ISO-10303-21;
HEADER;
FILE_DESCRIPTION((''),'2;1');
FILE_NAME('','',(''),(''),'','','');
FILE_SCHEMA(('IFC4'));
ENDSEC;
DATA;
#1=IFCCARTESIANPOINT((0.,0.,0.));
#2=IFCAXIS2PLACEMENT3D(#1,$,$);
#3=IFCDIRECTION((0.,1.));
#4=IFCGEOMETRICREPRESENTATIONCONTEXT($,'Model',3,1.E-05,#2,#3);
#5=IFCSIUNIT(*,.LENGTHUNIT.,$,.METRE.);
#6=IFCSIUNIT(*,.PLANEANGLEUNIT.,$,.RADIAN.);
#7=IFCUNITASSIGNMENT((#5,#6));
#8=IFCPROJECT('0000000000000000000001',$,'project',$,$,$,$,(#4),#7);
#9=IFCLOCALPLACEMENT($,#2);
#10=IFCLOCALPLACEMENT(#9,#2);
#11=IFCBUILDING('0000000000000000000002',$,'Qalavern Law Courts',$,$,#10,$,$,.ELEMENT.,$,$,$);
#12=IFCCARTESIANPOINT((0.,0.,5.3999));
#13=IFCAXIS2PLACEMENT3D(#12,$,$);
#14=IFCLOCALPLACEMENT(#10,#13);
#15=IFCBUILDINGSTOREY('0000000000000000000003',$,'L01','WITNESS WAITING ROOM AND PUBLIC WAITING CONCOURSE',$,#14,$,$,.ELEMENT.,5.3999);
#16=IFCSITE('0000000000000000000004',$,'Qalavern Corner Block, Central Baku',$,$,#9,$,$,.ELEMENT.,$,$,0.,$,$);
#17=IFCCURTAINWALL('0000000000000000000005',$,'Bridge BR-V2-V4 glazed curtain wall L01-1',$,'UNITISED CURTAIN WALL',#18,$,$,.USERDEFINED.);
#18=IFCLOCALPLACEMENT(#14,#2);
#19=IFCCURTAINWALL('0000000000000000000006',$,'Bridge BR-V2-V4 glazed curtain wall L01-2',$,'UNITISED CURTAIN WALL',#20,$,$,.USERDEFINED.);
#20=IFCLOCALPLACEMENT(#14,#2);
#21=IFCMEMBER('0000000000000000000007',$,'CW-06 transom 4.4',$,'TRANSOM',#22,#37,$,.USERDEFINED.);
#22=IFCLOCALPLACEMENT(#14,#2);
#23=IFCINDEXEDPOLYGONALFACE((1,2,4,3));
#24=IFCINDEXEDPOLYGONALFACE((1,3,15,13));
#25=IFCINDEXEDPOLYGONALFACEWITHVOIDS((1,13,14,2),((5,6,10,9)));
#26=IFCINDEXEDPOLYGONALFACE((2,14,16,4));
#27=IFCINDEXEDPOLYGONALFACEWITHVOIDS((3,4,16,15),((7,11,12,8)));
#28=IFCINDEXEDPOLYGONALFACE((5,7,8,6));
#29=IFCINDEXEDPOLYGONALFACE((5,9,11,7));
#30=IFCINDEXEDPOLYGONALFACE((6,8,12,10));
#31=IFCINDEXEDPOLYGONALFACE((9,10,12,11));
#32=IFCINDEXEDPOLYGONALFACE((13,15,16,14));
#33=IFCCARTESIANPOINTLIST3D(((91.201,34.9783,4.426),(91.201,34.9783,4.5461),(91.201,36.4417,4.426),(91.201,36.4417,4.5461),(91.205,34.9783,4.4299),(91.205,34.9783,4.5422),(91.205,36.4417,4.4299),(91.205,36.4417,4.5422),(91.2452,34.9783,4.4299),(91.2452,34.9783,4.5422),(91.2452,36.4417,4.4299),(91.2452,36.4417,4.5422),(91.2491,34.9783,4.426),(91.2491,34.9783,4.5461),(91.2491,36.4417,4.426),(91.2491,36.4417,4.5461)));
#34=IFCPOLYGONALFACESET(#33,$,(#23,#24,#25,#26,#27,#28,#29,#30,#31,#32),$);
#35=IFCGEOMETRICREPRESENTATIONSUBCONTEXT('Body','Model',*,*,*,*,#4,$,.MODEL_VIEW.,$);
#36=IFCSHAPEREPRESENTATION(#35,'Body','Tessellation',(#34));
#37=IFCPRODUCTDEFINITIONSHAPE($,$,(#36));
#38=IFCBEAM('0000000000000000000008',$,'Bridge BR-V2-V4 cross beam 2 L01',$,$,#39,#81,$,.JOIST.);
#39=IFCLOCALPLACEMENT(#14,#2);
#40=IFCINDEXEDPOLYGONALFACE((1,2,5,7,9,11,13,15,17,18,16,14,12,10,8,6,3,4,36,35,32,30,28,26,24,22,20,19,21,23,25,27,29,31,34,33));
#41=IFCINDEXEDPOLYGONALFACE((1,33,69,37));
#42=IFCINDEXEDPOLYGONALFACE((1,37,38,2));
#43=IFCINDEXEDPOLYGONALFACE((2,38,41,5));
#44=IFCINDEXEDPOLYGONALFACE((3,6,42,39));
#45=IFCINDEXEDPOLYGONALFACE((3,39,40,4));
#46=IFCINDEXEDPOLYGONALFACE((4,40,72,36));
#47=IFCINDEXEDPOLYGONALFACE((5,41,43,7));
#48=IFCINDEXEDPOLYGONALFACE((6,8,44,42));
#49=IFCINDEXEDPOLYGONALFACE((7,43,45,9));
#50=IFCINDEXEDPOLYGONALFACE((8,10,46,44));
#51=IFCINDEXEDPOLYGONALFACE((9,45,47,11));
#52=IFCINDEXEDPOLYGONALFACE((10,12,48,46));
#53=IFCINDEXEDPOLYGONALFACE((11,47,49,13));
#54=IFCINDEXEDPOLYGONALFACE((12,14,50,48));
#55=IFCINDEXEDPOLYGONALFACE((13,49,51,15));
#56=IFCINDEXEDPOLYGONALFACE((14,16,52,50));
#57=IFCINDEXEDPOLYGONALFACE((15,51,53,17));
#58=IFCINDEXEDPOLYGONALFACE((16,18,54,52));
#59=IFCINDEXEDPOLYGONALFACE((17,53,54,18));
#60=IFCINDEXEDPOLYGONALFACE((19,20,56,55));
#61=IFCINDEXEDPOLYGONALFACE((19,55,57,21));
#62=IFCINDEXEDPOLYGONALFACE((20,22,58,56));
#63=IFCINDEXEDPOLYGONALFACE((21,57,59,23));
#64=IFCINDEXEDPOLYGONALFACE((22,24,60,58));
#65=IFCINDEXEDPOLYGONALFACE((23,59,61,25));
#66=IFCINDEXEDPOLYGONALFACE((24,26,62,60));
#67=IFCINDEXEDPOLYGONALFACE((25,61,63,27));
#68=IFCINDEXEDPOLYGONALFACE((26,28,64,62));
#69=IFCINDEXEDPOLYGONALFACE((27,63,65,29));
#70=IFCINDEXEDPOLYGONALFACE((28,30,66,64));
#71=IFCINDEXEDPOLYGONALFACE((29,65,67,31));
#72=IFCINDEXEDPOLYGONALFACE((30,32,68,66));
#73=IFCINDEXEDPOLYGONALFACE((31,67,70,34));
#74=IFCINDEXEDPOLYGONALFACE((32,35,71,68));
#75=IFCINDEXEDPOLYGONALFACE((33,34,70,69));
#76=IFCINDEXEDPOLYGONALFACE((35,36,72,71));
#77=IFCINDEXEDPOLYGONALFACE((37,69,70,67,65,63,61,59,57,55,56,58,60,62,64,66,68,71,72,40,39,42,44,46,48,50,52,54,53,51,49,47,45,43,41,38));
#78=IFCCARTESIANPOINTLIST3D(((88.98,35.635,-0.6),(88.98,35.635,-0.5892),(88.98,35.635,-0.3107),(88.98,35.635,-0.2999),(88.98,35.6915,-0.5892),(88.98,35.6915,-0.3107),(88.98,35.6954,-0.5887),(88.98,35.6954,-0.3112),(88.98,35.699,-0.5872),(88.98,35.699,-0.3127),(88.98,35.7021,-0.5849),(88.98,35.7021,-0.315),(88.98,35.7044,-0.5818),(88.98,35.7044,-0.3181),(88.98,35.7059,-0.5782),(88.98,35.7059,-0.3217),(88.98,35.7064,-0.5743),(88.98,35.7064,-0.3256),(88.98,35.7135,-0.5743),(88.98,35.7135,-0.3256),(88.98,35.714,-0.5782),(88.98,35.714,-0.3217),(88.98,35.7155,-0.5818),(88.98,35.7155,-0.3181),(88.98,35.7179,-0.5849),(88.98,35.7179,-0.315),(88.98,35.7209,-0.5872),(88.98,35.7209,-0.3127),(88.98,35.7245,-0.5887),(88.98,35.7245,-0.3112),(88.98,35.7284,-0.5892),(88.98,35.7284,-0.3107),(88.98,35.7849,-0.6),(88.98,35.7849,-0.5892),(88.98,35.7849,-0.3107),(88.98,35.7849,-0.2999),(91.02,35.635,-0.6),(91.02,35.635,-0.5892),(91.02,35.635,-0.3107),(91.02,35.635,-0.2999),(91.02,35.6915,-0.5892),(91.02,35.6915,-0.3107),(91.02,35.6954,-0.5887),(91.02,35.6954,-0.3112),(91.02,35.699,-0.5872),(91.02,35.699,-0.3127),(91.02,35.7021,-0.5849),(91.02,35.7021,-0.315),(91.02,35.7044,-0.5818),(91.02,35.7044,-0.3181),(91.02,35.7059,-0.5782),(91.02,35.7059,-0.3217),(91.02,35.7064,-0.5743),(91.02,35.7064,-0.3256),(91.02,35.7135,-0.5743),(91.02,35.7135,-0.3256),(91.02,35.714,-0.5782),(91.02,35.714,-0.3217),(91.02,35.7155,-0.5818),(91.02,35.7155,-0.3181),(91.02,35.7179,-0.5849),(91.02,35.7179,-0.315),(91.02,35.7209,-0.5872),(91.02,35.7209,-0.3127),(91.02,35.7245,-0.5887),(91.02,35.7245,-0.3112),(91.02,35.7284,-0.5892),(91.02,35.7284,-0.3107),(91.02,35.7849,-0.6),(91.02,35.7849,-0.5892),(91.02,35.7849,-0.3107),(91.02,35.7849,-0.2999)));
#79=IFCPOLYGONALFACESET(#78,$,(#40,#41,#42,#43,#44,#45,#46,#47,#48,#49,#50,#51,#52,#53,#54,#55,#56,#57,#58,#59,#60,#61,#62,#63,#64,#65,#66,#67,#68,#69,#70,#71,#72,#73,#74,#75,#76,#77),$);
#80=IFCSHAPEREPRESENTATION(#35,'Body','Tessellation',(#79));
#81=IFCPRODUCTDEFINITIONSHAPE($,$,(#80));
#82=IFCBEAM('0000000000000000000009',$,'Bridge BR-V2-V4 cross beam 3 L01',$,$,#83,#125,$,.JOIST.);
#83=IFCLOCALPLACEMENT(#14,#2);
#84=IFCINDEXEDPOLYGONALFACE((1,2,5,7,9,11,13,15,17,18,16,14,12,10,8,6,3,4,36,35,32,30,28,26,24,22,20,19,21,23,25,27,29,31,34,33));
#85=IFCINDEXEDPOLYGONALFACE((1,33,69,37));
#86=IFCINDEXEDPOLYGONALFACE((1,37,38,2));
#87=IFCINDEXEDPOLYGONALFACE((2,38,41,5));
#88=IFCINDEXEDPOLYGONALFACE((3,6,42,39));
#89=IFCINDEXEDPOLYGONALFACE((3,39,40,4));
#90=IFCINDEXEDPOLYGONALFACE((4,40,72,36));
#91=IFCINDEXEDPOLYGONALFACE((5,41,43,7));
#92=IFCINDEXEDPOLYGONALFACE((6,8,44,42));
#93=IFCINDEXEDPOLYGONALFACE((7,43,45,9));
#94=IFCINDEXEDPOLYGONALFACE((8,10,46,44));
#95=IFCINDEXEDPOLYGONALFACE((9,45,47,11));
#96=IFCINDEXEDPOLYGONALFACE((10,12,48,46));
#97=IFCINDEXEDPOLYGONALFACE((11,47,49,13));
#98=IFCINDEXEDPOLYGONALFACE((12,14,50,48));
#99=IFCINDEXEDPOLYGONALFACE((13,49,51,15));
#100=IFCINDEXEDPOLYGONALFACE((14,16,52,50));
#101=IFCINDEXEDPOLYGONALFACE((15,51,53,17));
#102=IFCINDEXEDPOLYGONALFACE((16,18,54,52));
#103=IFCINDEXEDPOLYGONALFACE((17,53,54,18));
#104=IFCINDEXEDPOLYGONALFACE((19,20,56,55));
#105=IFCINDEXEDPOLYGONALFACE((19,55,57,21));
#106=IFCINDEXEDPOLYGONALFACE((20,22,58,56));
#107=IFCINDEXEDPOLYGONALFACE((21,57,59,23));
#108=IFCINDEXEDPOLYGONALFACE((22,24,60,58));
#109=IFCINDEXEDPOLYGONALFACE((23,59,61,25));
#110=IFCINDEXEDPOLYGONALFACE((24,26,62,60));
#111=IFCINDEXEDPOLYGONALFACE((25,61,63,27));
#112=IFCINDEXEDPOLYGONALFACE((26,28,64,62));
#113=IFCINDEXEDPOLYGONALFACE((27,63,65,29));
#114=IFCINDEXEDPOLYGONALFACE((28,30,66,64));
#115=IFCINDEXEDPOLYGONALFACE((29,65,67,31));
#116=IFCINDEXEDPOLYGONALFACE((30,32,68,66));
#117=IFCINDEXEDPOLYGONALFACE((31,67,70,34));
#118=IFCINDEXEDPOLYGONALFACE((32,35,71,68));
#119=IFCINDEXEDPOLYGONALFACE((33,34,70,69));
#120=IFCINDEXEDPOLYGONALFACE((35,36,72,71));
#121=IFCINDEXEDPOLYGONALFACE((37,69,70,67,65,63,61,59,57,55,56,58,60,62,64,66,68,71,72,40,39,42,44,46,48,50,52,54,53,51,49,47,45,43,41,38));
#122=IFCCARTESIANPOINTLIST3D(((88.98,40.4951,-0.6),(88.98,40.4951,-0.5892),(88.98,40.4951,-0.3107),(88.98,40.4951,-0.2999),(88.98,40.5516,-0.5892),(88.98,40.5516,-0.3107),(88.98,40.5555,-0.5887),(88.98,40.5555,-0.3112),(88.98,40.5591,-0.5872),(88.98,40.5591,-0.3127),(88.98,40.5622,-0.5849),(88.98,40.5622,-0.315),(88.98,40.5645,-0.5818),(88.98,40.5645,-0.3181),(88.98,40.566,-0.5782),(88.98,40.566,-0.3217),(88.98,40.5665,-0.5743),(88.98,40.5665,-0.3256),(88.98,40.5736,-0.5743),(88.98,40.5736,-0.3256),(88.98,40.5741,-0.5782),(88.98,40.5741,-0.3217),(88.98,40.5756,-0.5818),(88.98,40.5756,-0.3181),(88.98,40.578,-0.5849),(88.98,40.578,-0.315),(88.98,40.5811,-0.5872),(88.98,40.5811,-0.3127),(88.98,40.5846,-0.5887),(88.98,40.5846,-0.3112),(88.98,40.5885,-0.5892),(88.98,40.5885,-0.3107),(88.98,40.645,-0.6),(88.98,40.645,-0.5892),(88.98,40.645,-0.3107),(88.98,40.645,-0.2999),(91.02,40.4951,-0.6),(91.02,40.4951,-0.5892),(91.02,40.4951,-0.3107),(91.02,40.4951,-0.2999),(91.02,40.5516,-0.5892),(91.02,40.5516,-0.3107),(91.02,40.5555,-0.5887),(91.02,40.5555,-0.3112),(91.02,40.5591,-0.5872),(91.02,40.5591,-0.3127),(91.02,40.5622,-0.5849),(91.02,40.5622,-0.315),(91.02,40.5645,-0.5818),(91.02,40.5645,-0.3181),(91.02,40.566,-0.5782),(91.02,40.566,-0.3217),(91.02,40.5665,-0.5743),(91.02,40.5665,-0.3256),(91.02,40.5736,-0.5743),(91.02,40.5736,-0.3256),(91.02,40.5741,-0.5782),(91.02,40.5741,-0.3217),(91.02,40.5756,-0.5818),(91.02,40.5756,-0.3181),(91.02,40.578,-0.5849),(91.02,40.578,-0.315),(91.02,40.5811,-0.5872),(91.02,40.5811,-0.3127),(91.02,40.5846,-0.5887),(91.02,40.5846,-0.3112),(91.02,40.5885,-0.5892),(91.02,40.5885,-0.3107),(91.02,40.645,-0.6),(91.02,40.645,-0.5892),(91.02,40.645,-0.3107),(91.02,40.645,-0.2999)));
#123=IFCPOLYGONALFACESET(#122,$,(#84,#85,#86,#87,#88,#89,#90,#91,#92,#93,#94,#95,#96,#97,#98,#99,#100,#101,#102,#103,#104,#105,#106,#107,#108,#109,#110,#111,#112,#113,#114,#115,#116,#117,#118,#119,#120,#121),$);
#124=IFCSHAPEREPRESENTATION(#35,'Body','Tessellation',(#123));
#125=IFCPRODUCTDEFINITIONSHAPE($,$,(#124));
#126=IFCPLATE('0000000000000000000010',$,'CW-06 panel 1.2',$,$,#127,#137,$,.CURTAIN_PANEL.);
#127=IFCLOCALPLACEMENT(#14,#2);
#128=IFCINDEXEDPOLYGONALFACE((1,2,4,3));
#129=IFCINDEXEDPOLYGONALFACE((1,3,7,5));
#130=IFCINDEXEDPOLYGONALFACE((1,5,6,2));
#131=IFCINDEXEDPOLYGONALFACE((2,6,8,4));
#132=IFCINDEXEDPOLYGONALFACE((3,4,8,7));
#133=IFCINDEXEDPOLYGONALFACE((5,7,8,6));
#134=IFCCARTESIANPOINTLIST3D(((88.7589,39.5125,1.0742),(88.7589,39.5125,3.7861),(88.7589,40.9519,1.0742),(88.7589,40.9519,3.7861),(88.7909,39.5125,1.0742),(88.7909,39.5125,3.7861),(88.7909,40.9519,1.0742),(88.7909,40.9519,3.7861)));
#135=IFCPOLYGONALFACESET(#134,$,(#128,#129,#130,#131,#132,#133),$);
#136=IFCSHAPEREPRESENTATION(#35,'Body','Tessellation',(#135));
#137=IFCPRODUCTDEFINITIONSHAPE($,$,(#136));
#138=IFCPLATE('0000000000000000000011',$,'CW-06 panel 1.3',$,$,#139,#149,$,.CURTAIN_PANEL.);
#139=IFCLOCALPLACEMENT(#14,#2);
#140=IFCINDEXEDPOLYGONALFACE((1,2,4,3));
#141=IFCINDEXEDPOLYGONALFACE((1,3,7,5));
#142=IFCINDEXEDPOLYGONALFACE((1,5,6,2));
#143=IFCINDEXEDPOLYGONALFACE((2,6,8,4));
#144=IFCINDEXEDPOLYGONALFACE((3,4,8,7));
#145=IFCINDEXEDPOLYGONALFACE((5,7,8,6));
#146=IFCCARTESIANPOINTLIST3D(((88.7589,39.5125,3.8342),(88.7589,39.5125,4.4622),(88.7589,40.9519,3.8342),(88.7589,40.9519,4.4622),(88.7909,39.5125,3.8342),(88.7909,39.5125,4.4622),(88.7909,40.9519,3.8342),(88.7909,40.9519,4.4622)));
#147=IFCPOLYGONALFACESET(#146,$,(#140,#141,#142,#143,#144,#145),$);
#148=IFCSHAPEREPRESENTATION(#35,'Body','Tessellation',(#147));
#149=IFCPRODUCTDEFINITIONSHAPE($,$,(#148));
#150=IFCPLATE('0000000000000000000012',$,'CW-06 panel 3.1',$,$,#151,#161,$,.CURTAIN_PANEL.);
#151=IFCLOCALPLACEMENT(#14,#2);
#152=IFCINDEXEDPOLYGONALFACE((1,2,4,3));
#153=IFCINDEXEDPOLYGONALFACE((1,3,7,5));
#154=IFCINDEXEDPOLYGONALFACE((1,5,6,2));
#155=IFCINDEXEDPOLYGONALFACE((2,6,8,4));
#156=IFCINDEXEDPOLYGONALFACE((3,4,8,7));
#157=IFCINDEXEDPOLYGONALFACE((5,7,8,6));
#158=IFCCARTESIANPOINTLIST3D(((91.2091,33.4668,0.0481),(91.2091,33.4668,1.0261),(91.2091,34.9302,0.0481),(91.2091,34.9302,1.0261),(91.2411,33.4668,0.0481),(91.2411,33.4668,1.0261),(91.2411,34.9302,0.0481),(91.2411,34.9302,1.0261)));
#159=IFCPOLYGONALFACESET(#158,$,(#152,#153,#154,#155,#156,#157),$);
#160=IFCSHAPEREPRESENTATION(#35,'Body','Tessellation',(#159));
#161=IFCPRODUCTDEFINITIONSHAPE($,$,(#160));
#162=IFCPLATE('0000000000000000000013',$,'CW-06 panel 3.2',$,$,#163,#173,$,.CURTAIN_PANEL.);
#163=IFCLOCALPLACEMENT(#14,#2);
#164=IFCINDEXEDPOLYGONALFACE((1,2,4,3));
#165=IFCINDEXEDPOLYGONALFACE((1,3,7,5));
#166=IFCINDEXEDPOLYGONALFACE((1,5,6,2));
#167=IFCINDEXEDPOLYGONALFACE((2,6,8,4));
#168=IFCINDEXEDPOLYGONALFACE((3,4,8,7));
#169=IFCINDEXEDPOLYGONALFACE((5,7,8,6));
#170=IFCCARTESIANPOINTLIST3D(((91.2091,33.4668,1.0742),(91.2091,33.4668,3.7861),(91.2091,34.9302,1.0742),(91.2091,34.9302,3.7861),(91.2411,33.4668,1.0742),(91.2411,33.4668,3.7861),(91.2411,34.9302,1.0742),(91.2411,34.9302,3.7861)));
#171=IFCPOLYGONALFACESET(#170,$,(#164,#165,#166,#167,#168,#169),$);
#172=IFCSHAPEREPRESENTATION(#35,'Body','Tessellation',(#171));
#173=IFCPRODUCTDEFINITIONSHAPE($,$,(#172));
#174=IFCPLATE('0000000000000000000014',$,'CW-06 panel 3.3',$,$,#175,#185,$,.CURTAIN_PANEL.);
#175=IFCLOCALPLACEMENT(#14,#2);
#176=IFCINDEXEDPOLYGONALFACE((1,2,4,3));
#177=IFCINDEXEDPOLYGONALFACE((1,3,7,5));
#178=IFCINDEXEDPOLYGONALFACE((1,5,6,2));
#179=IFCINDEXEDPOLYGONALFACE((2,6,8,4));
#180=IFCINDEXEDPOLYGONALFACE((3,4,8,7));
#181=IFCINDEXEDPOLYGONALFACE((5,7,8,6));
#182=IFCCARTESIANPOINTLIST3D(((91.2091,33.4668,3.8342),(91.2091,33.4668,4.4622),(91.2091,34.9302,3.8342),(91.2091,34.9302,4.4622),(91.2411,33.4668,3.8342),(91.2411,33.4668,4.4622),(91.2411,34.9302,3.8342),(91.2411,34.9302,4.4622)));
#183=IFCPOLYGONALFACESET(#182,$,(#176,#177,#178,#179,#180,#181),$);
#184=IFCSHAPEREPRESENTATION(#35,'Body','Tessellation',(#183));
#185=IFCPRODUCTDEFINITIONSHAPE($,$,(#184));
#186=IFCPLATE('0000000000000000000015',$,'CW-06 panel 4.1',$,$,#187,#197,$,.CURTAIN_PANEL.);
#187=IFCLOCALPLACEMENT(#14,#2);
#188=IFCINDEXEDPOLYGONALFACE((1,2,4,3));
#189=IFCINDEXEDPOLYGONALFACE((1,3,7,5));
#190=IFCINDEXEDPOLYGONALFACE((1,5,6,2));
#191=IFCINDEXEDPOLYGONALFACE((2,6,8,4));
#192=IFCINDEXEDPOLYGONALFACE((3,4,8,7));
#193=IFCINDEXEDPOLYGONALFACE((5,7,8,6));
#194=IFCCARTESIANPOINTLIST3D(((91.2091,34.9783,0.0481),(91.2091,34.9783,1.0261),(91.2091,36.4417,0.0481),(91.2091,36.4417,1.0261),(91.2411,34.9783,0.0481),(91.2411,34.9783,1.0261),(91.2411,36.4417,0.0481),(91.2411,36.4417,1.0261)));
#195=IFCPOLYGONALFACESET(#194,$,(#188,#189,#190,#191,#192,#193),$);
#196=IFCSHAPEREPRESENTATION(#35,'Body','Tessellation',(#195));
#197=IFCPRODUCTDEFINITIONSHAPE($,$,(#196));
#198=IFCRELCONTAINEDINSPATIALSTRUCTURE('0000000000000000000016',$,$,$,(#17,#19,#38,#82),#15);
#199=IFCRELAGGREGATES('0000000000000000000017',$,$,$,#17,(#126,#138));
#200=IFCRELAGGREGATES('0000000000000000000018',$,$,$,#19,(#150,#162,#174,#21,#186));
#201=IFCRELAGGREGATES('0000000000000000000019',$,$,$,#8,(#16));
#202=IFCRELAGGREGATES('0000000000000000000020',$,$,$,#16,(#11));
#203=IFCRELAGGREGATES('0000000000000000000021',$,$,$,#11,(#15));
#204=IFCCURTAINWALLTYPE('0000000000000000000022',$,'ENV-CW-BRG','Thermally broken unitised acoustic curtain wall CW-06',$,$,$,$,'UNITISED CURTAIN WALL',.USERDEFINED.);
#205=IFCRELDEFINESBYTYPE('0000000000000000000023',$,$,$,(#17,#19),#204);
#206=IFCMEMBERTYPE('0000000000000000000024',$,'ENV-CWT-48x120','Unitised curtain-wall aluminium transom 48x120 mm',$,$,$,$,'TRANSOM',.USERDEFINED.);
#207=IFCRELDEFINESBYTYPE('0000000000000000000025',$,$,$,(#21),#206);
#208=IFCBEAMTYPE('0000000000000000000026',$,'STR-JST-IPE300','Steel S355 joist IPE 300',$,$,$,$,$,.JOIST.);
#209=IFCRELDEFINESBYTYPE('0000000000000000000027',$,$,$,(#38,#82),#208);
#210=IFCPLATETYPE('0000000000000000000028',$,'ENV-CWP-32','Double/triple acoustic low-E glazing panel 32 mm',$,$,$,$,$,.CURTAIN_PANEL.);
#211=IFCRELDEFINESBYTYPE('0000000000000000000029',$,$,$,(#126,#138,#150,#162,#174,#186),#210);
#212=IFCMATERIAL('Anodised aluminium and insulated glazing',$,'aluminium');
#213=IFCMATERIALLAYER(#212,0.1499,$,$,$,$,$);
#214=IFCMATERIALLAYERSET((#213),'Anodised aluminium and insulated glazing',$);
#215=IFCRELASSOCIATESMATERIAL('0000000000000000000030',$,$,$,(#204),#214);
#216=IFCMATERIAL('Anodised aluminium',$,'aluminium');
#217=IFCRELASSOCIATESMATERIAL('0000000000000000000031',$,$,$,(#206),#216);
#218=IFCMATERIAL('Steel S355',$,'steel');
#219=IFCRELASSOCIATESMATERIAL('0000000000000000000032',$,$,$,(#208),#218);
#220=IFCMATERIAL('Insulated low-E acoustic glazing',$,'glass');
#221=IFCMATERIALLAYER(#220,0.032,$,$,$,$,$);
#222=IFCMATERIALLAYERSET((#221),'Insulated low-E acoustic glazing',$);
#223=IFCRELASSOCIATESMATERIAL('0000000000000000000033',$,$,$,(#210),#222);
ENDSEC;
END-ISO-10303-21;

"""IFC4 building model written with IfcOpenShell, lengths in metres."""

from ifc_helpers import new_model, si_unit, direction, frame, origin, origin_2d, place, context, subcontext, project, spatial, rectangle, hollow_rectangle, i_section, extrude, material, layer, layer_set, material_profile, profile_set, type_object, element, aggregate, save


model = new_model("IFC4")

# Units and contexts
model_context = context("Model", 3, precision=1e-05, world=origin(), true_north=direction((0.0, 1.0)))
body_context = subcontext(model_context, "Body", "Model", "MODEL_VIEW")
ifc_project = project(units=[si_unit("LENGTHUNIT", "METRE"), si_unit("PLANEANGLEUNIT", "RADIAN")], contexts=[model_context])

# Site, building, storey
site_placement = place(None, origin())
site = spatial("IfcSite", under=ifc_project, at=site_placement, Name="Qalavern Corner Block, Central Baku", CompositionType="ELEMENT", RefElevation=0.0)
building_placement = place(site_placement, origin())
building = spatial("IfcBuilding", under=site, at=building_placement, Name="Qalavern Law Courts", CompositionType="ELEMENT")
storey_placement = place(building_placement, frame((0.0, 0.0, 5.3999)))
storey = spatial("IfcBuildingStorey", under=building, at=storey_placement, Name="L01", Description="WITNESS WAITING ROOM AND PUBLIC WAITING CONCOURSE", CompositionType="ELEMENT", Elevation=5.3999)

# Curtain wall
ifc_material_1 = material(Name="Anodised aluminium and insulated glazing", Category="aluminium")
ifc_layer_1 = layer(ifc_material_1, 0.1499)
ifc_layer_set_1 = layer_set([ifc_layer_1], Name="Anodised aluminium and insulated glazing")
curtain_wall_type = type_object("IfcCurtainWallType", Name="ENV-CW-BRG", Description="Thermally broken unitised acoustic curtain wall CW-06", ElementType="UNITISED CURTAIN WALL", PredefinedType="USERDEFINED", material=ifc_layer_set_1)
curtain_wall_1_placement = place(storey_placement, origin())
curtain_wall_1 = element("IfcCurtainWall", 1, at=curtain_wall_1_placement, inside=storey, type_object=curtain_wall_type, Name="Bridge BR-V2-V4 glazed curtain wall L01-1", ObjectType="UNITISED CURTAIN WALL", PredefinedType="USERDEFINED")
ifc_material_2 = material(Name="Anodised aluminium", Category="aluminium")

# Curtain wall
curtain_wall_2_placement = place(storey_placement, origin())
curtain_wall_2 = element("IfcCurtainWall", 2, at=curtain_wall_2_placement, inside=storey, type_object=curtain_wall_type, Name="Bridge BR-V2-V4 glazed curtain wall L01-2", ObjectType="UNITISED CURTAIN WALL", PredefinedType="USERDEFINED")

# Member
ifc_material_profile_1 = material_profile(ifc_material_2, hollow_rectangle(XDim=0.0481, YDim=0.1201, WallThickness=0.0039, at=origin_2d()), Name="ALU TRANSOM 48x120")
ifc_profile_set_1 = profile_set([ifc_material_profile_1], Name="Anodised aluminium")
member_type_1 = type_object("IfcMemberType", Name="ENV-CWT-48x120", Description="Unitised curtain-wall aluminium transom 48x120 mm", ElementType="TRANSOM", PredefinedType="USERDEFINED", material=ifc_profile_set_1)
member_1_placement = place(storey_placement, frame((91.2251, 34.9783, 4.4861), z_axis=(0.0, 1.0, 0.0), x_axis=(-1.0, 0.0, 0.0)))
member_1 = element("IfcMember", 3, at=member_1_placement, type_object=member_type_1, Name="CW-06 transom 4.4", ObjectType="TRANSOM", PredefinedType="USERDEFINED", context=body_context, shape_type="SweptSolid", body=[
    extrude(hollow_rectangle(XDim=0.0481, YDim=0.1201, WallThickness=0.0039, at=origin_2d()), origin(), (0.0, 0.0, 1.0), 1.4634),
])

# Beams
ifc_material_3 = material(Name="Steel S355", Category="steel")
ifc_material_profile_2 = material_profile(ifc_material_3, i_section(OverallWidth=0.1499, OverallDepth=0.3, WebThickness=0.0071, FlangeThickness=0.0107, FilletRadius=0.0149, at=origin_2d()), Name="IPE 300")
ifc_profile_set_2 = profile_set([ifc_material_profile_2], Name="Steel S355")
beam_type = type_object("IfcBeamType", Name="STR-JST-IPE300", Description="Steel S355 joist IPE 300", PredefinedType="JOIST", material=ifc_profile_set_2)
for number, where, z_axis, x_axis, name in (
    (4, (88.98, 35.71, -0.45), (1.0, 0.0, 0.0), (0.0, 1.0, 0.0), "Bridge BR-V2-V4 cross beam 2 L01"),
    (5, (88.98, 40.5701, -0.45), (1.0, 0.0, 0.0), (0.0, 1.0, 0.0), "Bridge BR-V2-V4 cross beam 3 L01"),
):
    element("IfcBeam", number, at=place(storey_placement, frame(where, z_axis=z_axis, x_axis=x_axis)), inside=storey, type_object=beam_type, Name=name, PredefinedType="JOIST", context=body_context, shape_type="SweptSolid", body=[
        extrude(i_section(OverallWidth=0.1499, OverallDepth=0.3, WebThickness=0.0071, FlangeThickness=0.0107, FilletRadius=0.0149, at=origin_2d()), origin(), (0.0, 0.0, 1.0), 2.04),
    ])

# Plates
ifc_material_4 = material(Name="Insulated low-E acoustic glazing", Category="glass")
ifc_layer_2 = layer(ifc_material_4, 0.032)
ifc_layer_set_2 = layer_set([ifc_layer_2], Name="Insulated low-E acoustic glazing")
plate_type = type_object("IfcPlateType", Name="ENV-CWP-32", Description="Double/triple acoustic low-E glazing panel 32 mm", PredefinedType="CURTAIN_PANEL", material=ifc_layer_set_2)
plate_1_placement = place(storey_placement, frame((88.7749, 40.2322, 1.0742), z_axis=(0.0, 0.0, 1.0), x_axis=(0.0, -1.0, 0.0)))
plate_1 = element("IfcPlate", 6, at=plate_1_placement, type_object=plate_type, Name="CW-06 panel 1.2", PredefinedType="CURTAIN_PANEL", context=body_context, shape_type="SweptSolid", body=[
    extrude(rectangle(XDim=1.4395, YDim=0.032, at=origin_2d()), origin(), (0.0, 0.0, 1.0), 2.7119),
])
plate_2_placement = place(storey_placement, frame((88.7749, 40.2322, 3.8342), z_axis=(0.0, 0.0, 1.0), x_axis=(0.0, -1.0, 0.0)))
plate_2 = element("IfcPlate", 7, at=plate_2_placement, type_object=plate_type, Name="CW-06 panel 1.3", PredefinedType="CURTAIN_PANEL", context=body_context, shape_type="SweptSolid", body=[
    extrude(rectangle(XDim=1.4395, YDim=0.032, at=origin_2d()), origin(), (0.0, 0.0, 1.0), 0.6279),
])
aggregate(curtain_wall_1, [plate_1, plate_2])
plate_3_placement = place(storey_placement, frame((91.2251, 34.1985, 0.0481), z_axis=(0.0, 0.0, 1.0), x_axis=(0.0, 1.0, 0.0)))
plate_3 = element("IfcPlate", 8, at=plate_3_placement, type_object=plate_type, Name="CW-06 panel 3.1", PredefinedType="CURTAIN_PANEL", context=body_context, shape_type="SweptSolid", body=[
    extrude(rectangle(XDim=1.4634, YDim=0.032, at=origin_2d()), origin(), (0.0, 0.0, 1.0), 0.978),
])
plate_4_placement = place(storey_placement, frame((91.2251, 34.1985, 1.0742), z_axis=(0.0, 0.0, 1.0), x_axis=(0.0, 1.0, 0.0)))
plate_4 = element("IfcPlate", 9, at=plate_4_placement, type_object=plate_type, Name="CW-06 panel 3.2", PredefinedType="CURTAIN_PANEL", context=body_context, shape_type="SweptSolid", body=[
    extrude(rectangle(XDim=1.4634, YDim=0.032, at=origin_2d()), origin(), (0.0, 0.0, 1.0), 2.7119),
])
plate_5_placement = place(storey_placement, frame((91.2251, 34.1985, 3.8342), z_axis=(0.0, 0.0, 1.0), x_axis=(0.0, 1.0, 0.0)))
plate_5 = element("IfcPlate", 10, at=plate_5_placement, type_object=plate_type, Name="CW-06 panel 3.3", PredefinedType="CURTAIN_PANEL", context=body_context, shape_type="SweptSolid", body=[
    extrude(rectangle(XDim=1.4634, YDim=0.032, at=origin_2d()), origin(), (0.0, 0.0, 1.0), 0.6279),
])
plate_6_placement = place(storey_placement, frame((91.2251, 35.71, 0.0481), z_axis=(0.0, 0.0, 1.0), x_axis=(0.0, 1.0, 0.0)))
plate_6 = element("IfcPlate", 11, at=plate_6_placement, type_object=plate_type, Name="CW-06 panel 4.1", PredefinedType="CURTAIN_PANEL", context=body_context, shape_type="SweptSolid", body=[
    extrude(rectangle(XDim=1.4634, YDim=0.032, at=origin_2d()), origin(), (0.0, 0.0, 1.0), 0.978),
])
aggregate(curtain_wall_2, [plate_3, plate_4, plate_5, member_1, plate_6])

save(model, "model.ifc")
